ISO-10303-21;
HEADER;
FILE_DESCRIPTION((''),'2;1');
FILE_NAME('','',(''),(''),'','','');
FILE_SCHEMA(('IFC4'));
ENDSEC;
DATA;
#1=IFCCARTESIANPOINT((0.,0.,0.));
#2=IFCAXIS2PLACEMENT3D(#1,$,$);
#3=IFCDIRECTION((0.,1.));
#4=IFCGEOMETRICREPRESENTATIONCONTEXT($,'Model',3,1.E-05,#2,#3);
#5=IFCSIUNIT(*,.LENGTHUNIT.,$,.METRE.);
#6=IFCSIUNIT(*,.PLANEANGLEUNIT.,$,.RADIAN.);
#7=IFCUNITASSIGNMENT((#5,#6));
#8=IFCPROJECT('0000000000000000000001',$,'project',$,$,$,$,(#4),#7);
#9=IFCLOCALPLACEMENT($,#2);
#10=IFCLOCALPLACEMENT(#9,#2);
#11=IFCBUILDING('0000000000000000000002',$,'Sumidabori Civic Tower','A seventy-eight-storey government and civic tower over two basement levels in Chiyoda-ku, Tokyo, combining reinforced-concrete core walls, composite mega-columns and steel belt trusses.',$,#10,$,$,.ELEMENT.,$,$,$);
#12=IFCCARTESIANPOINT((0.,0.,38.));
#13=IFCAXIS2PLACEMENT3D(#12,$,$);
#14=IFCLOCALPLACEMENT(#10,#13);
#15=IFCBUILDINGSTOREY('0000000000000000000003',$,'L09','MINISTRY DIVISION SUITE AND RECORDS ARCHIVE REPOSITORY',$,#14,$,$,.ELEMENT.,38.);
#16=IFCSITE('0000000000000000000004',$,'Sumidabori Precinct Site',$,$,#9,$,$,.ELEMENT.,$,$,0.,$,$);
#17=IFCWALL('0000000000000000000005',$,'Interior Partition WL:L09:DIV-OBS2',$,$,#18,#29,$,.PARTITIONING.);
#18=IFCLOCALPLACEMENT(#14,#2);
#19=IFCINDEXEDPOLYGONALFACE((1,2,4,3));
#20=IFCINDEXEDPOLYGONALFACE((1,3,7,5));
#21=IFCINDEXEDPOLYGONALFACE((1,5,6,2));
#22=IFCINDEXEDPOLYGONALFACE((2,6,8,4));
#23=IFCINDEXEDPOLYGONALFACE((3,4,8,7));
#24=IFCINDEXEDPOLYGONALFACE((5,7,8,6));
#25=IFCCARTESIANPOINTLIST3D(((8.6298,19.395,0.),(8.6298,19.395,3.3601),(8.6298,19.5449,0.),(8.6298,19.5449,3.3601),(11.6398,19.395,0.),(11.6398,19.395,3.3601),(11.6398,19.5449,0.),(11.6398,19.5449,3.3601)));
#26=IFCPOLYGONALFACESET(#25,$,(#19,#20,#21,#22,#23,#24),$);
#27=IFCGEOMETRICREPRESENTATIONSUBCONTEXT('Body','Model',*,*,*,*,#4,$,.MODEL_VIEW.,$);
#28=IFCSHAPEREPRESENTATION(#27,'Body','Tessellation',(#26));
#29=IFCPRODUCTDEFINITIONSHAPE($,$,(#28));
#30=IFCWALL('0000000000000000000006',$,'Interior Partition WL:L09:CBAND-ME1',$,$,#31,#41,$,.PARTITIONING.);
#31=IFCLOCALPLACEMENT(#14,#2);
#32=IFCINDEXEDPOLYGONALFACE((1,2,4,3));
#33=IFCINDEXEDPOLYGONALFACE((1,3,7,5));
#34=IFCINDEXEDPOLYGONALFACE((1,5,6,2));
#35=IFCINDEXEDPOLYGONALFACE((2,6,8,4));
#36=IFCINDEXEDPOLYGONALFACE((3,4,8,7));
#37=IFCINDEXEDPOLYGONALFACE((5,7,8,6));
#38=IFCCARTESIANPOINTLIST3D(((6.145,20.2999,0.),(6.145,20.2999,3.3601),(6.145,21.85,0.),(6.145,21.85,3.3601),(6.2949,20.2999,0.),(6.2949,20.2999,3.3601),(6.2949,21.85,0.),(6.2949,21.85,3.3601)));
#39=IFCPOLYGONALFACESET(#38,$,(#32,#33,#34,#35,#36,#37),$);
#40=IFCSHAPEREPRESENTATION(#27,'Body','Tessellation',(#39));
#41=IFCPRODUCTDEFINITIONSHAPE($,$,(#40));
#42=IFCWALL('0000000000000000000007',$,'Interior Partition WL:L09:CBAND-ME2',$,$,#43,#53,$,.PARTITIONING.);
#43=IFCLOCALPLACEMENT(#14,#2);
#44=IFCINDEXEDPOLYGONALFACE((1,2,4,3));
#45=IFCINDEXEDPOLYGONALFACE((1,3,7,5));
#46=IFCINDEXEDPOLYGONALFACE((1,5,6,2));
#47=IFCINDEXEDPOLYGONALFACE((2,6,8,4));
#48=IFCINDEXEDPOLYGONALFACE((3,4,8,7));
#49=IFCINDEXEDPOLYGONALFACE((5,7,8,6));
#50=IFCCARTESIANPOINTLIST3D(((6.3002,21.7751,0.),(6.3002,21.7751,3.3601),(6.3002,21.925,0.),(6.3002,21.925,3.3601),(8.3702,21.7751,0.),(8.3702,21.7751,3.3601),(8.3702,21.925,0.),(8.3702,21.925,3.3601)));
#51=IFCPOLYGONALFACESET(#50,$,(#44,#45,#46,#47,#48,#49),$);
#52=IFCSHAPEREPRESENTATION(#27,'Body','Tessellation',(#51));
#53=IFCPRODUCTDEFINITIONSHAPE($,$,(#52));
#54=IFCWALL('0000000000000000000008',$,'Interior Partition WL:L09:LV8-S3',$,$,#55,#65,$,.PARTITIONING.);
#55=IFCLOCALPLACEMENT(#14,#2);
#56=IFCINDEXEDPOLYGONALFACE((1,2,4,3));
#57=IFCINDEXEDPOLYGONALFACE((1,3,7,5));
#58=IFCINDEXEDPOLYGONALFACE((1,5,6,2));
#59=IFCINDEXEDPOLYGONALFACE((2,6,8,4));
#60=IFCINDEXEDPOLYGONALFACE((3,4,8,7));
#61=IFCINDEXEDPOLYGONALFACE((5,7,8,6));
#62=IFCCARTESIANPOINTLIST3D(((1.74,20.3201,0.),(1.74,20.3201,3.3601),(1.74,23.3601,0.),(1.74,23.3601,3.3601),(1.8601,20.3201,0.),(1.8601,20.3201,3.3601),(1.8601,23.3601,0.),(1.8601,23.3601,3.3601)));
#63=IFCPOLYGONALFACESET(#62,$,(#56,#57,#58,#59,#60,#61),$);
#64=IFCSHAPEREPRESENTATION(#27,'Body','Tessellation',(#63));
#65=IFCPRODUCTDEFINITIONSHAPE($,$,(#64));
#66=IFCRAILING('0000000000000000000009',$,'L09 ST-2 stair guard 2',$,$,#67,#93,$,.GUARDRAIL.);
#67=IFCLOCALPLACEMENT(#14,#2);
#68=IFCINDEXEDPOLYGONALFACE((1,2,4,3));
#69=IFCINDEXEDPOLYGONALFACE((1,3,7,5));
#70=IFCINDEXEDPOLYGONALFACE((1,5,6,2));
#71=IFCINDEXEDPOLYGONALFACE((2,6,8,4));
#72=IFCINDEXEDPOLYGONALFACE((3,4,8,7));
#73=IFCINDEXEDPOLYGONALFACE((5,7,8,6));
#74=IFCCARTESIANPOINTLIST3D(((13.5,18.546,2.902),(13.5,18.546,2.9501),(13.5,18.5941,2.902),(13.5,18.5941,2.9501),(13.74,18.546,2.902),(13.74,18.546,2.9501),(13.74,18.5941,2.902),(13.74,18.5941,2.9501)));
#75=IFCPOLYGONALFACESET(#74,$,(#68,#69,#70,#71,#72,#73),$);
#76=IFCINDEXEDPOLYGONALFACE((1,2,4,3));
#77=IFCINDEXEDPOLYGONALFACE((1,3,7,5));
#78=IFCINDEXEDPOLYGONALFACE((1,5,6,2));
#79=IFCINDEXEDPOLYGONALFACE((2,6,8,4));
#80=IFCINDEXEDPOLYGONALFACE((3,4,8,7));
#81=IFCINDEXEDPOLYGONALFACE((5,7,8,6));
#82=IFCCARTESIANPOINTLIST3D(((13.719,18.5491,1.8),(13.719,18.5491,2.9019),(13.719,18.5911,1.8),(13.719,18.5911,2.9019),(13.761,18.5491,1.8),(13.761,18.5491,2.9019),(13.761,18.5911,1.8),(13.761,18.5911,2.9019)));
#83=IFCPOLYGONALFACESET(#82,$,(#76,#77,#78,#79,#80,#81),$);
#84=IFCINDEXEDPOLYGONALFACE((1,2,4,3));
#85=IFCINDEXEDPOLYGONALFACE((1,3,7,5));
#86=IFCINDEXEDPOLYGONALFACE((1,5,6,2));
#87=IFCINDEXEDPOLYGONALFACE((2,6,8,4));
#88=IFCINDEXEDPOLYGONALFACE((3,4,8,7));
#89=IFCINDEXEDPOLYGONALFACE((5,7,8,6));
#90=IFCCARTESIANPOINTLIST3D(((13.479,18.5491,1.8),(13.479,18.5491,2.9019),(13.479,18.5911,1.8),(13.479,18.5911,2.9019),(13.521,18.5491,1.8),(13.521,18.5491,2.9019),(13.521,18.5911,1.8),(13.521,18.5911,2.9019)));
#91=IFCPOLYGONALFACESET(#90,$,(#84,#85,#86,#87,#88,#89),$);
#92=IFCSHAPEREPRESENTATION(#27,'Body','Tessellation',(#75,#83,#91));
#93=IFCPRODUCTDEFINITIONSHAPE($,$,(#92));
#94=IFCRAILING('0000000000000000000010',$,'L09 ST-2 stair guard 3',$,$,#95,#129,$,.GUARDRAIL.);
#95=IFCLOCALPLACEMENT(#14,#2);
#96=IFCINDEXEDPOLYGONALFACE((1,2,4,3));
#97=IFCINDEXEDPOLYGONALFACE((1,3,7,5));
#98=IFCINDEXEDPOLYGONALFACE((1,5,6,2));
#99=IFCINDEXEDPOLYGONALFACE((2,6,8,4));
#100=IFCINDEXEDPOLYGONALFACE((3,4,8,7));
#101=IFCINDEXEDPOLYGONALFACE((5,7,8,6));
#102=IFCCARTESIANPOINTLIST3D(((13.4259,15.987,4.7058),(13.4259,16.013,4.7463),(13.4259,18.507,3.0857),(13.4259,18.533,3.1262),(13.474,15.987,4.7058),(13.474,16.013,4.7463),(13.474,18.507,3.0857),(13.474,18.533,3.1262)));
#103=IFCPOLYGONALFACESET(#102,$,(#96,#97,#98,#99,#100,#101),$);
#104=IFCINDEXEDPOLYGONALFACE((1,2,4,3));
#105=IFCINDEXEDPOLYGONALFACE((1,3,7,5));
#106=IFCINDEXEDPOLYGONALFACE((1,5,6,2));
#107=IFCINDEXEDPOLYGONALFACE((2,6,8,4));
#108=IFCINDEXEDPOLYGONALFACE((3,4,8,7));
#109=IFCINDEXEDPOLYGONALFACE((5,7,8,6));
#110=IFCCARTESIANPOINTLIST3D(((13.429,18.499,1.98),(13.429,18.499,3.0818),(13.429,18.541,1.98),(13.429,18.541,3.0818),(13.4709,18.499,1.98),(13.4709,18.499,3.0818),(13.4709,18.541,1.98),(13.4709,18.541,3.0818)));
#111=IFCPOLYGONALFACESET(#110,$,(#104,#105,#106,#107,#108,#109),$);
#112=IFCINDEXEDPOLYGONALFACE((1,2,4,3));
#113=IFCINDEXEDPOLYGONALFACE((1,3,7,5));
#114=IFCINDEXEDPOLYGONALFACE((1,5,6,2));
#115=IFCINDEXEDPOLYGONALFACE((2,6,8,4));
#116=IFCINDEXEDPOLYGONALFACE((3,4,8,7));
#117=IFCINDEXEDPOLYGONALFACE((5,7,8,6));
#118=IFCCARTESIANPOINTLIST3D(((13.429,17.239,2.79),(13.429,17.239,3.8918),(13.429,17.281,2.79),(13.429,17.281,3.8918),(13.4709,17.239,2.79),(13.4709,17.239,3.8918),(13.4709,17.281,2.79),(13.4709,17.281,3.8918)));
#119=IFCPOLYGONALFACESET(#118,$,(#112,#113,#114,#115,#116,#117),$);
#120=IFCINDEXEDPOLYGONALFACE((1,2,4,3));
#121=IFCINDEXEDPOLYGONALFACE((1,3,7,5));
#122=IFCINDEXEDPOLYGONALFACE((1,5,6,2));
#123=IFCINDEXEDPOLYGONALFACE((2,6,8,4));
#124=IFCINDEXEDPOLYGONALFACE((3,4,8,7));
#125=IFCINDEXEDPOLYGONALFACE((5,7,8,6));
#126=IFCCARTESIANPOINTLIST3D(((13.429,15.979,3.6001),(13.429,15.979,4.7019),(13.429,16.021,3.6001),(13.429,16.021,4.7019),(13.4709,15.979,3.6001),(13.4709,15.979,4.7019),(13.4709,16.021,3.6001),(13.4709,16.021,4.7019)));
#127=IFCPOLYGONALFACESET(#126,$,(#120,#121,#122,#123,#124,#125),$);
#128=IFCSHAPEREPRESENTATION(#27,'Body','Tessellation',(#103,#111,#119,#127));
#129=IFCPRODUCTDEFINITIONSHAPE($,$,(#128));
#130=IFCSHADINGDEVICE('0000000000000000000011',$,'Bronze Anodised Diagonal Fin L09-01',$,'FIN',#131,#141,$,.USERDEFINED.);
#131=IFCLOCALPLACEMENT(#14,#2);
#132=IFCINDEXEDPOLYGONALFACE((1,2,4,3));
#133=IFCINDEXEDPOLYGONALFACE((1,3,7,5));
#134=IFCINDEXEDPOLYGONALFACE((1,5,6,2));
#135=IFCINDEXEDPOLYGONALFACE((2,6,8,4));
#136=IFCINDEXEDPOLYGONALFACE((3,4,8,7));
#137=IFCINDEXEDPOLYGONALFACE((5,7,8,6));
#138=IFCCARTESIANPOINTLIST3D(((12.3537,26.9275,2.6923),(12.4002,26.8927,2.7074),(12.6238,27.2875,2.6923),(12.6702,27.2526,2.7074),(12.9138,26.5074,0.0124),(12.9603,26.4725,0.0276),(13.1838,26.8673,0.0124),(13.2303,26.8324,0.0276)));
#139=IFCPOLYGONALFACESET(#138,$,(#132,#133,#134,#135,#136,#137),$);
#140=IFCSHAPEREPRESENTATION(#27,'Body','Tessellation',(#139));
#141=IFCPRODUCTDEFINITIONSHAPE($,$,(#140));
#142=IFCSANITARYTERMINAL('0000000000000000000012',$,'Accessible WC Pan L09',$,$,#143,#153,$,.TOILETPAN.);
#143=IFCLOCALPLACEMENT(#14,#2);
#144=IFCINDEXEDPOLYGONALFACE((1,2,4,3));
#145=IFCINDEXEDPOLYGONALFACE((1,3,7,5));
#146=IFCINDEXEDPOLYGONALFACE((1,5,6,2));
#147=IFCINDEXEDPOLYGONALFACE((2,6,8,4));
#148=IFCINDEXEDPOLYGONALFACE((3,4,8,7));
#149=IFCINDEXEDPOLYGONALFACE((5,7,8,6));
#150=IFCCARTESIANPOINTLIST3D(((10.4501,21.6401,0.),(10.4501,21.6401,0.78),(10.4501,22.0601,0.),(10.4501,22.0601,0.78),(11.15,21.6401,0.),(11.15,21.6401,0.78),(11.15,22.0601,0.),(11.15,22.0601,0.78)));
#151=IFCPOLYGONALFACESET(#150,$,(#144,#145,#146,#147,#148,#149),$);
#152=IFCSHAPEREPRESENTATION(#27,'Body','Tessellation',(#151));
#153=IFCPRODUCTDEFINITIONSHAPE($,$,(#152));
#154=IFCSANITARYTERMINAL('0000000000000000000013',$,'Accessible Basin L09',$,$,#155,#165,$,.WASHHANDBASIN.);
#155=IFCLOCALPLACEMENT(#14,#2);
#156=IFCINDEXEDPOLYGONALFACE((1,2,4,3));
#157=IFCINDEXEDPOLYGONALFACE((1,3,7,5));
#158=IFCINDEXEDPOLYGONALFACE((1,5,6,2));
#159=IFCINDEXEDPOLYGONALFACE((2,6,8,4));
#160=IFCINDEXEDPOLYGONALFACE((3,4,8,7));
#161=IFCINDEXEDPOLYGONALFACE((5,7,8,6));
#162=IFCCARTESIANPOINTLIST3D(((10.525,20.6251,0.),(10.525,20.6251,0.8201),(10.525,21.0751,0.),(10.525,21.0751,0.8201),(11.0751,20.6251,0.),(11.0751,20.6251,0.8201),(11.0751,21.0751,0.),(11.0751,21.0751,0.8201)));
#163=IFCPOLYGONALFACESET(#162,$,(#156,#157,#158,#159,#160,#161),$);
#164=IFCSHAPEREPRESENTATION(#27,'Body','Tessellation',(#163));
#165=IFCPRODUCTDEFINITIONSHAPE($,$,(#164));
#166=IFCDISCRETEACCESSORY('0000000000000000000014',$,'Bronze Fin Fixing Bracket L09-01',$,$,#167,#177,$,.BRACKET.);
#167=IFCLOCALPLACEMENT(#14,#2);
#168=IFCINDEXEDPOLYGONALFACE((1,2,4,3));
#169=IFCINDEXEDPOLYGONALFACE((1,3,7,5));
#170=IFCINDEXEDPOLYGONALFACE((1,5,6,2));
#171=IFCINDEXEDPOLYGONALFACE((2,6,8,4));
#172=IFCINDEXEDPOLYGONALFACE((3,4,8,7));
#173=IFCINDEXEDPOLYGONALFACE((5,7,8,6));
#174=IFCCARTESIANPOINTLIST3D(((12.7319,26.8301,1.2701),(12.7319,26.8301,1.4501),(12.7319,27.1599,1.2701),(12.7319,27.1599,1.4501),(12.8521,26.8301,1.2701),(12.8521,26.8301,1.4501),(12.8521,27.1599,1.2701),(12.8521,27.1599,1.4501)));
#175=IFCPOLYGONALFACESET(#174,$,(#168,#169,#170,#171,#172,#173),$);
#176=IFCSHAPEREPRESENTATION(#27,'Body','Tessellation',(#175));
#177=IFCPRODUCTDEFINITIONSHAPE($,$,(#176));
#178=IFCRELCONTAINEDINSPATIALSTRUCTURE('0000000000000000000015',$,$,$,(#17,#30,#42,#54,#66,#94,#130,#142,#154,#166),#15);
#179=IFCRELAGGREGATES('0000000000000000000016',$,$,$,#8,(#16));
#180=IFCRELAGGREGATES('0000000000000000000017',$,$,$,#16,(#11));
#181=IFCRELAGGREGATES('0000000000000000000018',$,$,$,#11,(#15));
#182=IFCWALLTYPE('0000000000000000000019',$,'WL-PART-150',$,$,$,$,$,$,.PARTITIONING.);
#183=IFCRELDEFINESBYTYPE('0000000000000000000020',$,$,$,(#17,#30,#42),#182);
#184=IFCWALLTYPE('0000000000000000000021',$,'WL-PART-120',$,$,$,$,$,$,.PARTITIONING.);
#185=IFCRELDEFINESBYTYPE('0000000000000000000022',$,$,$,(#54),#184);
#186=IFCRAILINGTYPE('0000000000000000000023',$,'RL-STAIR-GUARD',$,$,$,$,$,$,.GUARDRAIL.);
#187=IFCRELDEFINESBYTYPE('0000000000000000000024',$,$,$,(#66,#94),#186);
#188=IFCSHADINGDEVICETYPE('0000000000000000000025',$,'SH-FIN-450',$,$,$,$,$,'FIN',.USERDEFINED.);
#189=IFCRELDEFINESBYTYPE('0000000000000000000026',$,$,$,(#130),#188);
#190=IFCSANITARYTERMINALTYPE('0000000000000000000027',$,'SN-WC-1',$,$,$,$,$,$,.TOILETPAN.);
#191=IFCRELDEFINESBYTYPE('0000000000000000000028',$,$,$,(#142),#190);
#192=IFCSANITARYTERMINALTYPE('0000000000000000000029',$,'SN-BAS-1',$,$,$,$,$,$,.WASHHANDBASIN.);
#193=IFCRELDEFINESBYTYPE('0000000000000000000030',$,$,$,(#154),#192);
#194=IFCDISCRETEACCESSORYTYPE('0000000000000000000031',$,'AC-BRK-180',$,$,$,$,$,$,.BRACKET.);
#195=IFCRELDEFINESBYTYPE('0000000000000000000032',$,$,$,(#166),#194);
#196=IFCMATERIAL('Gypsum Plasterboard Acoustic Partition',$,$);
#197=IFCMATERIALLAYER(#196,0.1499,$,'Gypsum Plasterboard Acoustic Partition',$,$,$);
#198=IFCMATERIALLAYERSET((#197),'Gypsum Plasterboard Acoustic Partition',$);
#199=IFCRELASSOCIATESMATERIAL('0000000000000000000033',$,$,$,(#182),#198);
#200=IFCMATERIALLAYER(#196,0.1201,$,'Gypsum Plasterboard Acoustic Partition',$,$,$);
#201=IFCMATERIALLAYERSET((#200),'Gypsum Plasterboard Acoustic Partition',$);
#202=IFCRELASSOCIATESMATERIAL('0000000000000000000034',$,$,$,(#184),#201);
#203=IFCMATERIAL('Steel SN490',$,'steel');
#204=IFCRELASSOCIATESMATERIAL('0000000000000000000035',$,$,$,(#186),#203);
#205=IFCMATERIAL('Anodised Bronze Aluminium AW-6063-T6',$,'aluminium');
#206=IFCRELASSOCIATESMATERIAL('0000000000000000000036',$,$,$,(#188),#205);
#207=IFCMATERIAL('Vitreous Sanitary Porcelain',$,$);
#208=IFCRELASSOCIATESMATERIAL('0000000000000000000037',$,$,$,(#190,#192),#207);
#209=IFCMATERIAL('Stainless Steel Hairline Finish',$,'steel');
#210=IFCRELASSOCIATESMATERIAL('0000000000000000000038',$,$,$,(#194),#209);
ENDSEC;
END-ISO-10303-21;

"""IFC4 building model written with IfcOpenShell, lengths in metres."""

from ifc_helpers import new_model, si_unit, direction, frame, frame_2d, origin, origin_2d, place, context, subcontext, project, spatial, rectangle, extrude, source, transform, mapped, material, layer, layer_set, material_profile, profile_set, type_object, element, save


model = new_model("IFC4")

# Units and contexts
model_context = context("Model", 3, precision=1e-05, world=origin(), true_north=direction((0.0, 1.0)))
body_context = subcontext(model_context, "Body", "Model", "MODEL_VIEW")
ifc_project = project(units=[si_unit("LENGTHUNIT", "METRE"), si_unit("PLANEANGLEUNIT", "RADIAN")], contexts=[model_context])

# Site, building, storey
site_placement = place(None, origin())
site = spatial("IfcSite", under=ifc_project, at=site_placement, Name="Sumidabori Precinct Site", CompositionType="ELEMENT", RefElevation=0.0)
building_placement = place(site_placement, origin())
building = spatial("IfcBuilding", under=site, at=building_placement, Name="Sumidabori Civic Tower", Description="A seventy-eight-storey government and civic tower over two basement levels in Chiyoda-ku, Tokyo, combining reinforced-concrete core walls, composite mega-columns and steel belt trusses.", CompositionType="ELEMENT")
storey_placement = place(building_placement, frame((0.0, 0.0, 38.0)))
storey = spatial("IfcBuildingStorey", under=building, at=storey_placement, Name="L09", Description="MINISTRY DIVISION SUITE AND RECORDS ARCHIVE REPOSITORY", CompositionType="ELEMENT", Elevation=38.0)

# Shared definitions
ifc_material_1 = material(Name="Steel SN490", Category="steel")

# Shared definitions
ifc_material_2 = material(Name="Anodised Bronze Aluminium AW-6063-T6", Category="aluminium")

# Walls
ifc_material_3 = material(Name="Gypsum Plasterboard Acoustic Partition")
ifc_layer_1 = layer(ifc_material_3, 0.1499, Name="Gypsum Plasterboard Acoustic Partition")
ifc_layer_set_1 = layer_set([ifc_layer_1], Name="Gypsum Plasterboard Acoustic Partition")
wall_type_1 = type_object("IfcWallType", Name="WL-PART-150", PredefinedType="PARTITIONING", material=ifc_layer_set_1)
shared_shape_1 = source(origin(), body_context, "Body", "SweptSolid", [
    extrude(rectangle(XDim=3.01, YDim=0.1499, at=frame_2d((1.5049, 0.0))), origin(), (0.0, 0.0, 1.0), 3.3601),
])
wall_1_placement = place(storey_placement, frame((8.6299, 19.47, 0.0), z_axis=(0.0, 0.0, 1.0), x_axis=(1.0, 0.0, 0.0)))
element("IfcWall", 1, at=wall_1_placement, inside=storey, type_object=wall_type_1, Name="Interior Partition WL:L09:DIV-OBS2", PredefinedType="PARTITIONING", context=body_context, shape_type="MappedRepresentation", body=[
    mapped(shared_shape_1, transform((0.0, 0.0, 0.0), x_axis=(1.0, 0.0, 0.0), y_axis=(0.0, 1.0, 0.0), z_axis=(0.0, 0.0, 1.0), scale=1.0)),
])
shared_shape_2 = source(origin(), body_context, "Body", "SweptSolid", [
    extrude(rectangle(XDim=1.55, YDim=0.1499, at=frame_2d((0.7749, 0.0))), origin(), (0.0, 0.0, 1.0), 3.3601),
])
wall_2_placement = place(storey_placement, frame((6.22, 20.3, 0.0), z_axis=(0.0, 0.0, 1.0), x_axis=(0.0, 1.0, 0.0)))
element("IfcWall", 2, at=wall_2_placement, inside=storey, type_object=wall_type_1, Name="Interior Partition WL:L09:CBAND-ME1", PredefinedType="PARTITIONING", context=body_context, shape_type="MappedRepresentation", body=[
    mapped(shared_shape_2, transform((0.0, 0.0, 0.0), x_axis=(1.0, 0.0, 0.0), y_axis=(0.0, 1.0, 0.0), z_axis=(0.0, 0.0, 1.0), scale=1.0)),
])
shared_shape_3 = source(origin(), body_context, "Body", "SweptSolid", [
    extrude(rectangle(XDim=2.0701, YDim=0.1499, at=frame_2d((1.0352, 0.0))), origin(), (0.0, 0.0, 1.0), 3.3601),
])
wall_3_placement = place(storey_placement, frame((6.3, 21.8501, 0.0), z_axis=(0.0, 0.0, 1.0), x_axis=(1.0, 0.0, 0.0)))
element("IfcWall", 3, at=wall_3_placement, inside=storey, type_object=wall_type_1, Name="Interior Partition WL:L09:CBAND-ME2", PredefinedType="PARTITIONING", context=body_context, shape_type="MappedRepresentation", body=[
    mapped(shared_shape_3, transform((0.0, 0.0, 0.0), x_axis=(1.0, 0.0, 0.0), y_axis=(0.0, 1.0, 0.0), z_axis=(0.0, 0.0, 1.0), scale=1.0)),
])
ifc_layer_2 = layer(ifc_material_3, 0.1201, Name="Gypsum Plasterboard Acoustic Partition")
ifc_layer_set_2 = layer_set([ifc_layer_2], Name="Gypsum Plasterboard Acoustic Partition")
wall_type_2 = type_object("IfcWallType", Name="WL-PART-120", PredefinedType="PARTITIONING", material=ifc_layer_set_2)
shared_shape_4 = source(origin(), body_context, "Body", "SweptSolid", [
    extrude(rectangle(XDim=3.04, YDim=0.1201, at=frame_2d((1.52, 0.0))), origin(), (0.0, 0.0, 1.0), 3.3601),
])
wall_4_placement = place(storey_placement, frame((1.8, 20.3201, 0.0), z_axis=(0.0, 0.0, 1.0), x_axis=(0.0, 1.0, 0.0)))
element("IfcWall", 4, at=wall_4_placement, inside=storey, type_object=wall_type_2, Name="Interior Partition WL:L09:LV8-S3", PredefinedType="PARTITIONING", context=body_context, shape_type="MappedRepresentation", body=[
    mapped(shared_shape_4, transform((0.0, 0.0, 0.0), x_axis=(1.0, 0.0, 0.0), y_axis=(0.0, 1.0, 0.0), z_axis=(0.0, 0.0, 1.0), scale=1.0)),
])

# Railings
railing_type = type_object("IfcRailingType", Name="RL-STAIR-GUARD", PredefinedType="GUARDRAIL", material=ifc_material_1)
railing_1_placement = place(storey_placement, frame((13.74, 18.5701, 1.8)))
element("IfcRailing", 5, at=railing_1_placement, inside=storey, type_object=railing_type, Name="L09 ST-2 stair guard 2", PredefinedType="GUARDRAIL", context=body_context, shape_type="SweptSolid", body=[
    extrude(rectangle(XDim=0.0481, YDim=0.0481, at=origin_2d()), frame((0.0, 0.0, 1.126), z_axis=(-1.0, 0.0, 0.0), x_axis=(0.0, -1.0, 0.0)), (0.0, 0.0, 1.0), 0.24),
    extrude(rectangle(XDim=0.042, YDim=0.042, at=origin_2d()), origin(), (0.0, 0.0, 1.0), 1.1018),
    extrude(rectangle(XDim=0.042, YDim=0.042, at=origin_2d()), frame((-0.24, 0.0, 0.0)), (0.0, 0.0, 1.0), 1.1018),
])
railing_2_placement = place(storey_placement, frame((13.45, 18.52, 1.98)))
element("IfcRailing", 6, at=railing_2_placement, inside=storey, type_object=railing_type, Name="L09 ST-2 stair guard 3", PredefinedType="GUARDRAIL", context=body_context, shape_type="SweptSolid", body=[
    extrude(rectangle(XDim=0.0481, YDim=0.0481, at=origin_2d()), frame((0.0, 0.0, 1.126), z_axis=(0.0, -0.841163, 0.540782), x_axis=(1.0, 0.0, 0.0)), (0.0, 0.0, 1.0), 2.9958),
    extrude(rectangle(XDim=0.042, YDim=0.042, at=origin_2d()), origin(), (0.0, 0.0, 1.0), 1.1018),
    extrude(rectangle(XDim=0.042, YDim=0.042, at=origin_2d()), frame((0.0, -1.26, 0.8101)), (0.0, 0.0, 1.0), 1.1018),
    extrude(rectangle(XDim=0.042, YDim=0.042, at=origin_2d()), frame((0.0, -2.52, 1.6201)), (0.0, 0.0, 1.0), 1.1018),
])

# Shading device
ifc_material_profile_1 = material_profile(ifc_material_2, rectangle(XDim=0.0601, YDim=0.45, at=origin_2d()), Name="BRONZE FIN 450x60")
ifc_profile_set_1 = profile_set([ifc_material_profile_1], Name="Anodised Bronze Aluminium AW-6063-T6")
shading_device_type = type_object("IfcShadingDeviceType", Name="SH-FIN-450", ElementType="FIN", PredefinedType="USERDEFINED", material=ifc_profile_set_1)
shared_shape_5 = source(origin(), body_context, "Body", "SweptSolid", [
    extrude(rectangle(XDim=0.0601, YDim=0.45, at=origin_2d()), origin(), (0.0, 0.0, 1.0), 2.7698),
])
shading_device_placement = place(storey_placement, frame((13.072, 26.6699, 0.02), z_axis=(-0.202196, 0.151691, 0.967526), x_axis=(0.77394, -0.580624, 0.252771)))
element("IfcShadingDevice", 7, at=shading_device_placement, inside=storey, type_object=shading_device_type, Name="Bronze Anodised Diagonal Fin L09-01", ObjectType="FIN", PredefinedType="USERDEFINED", context=body_context, shape_type="MappedRepresentation", body=[
    mapped(shared_shape_5, transform((0.0, 0.0, 0.0), x_axis=(1.0, 0.0, 0.0), y_axis=(0.0, 1.0, 0.0), z_axis=(0.0, 0.0, 1.0), scale=1.0)),
])

# Sanitary terminals
ifc_material_4 = material(Name="Vitreous Sanitary Porcelain")
sanitary_terminal_type_1 = type_object("IfcSanitaryTerminalType", Name="SN-WC-1", PredefinedType="TOILETPAN", material=ifc_material_4)
shared_shape_6 = source(origin(), body_context, "Body", "SweptSolid", [
    extrude(rectangle(XDim=0.7, YDim=0.4199, at=origin_2d()), origin(), (0.0, 0.0, 1.0), 0.78),
])
sanitary_terminal_1_placement = place(storey_placement, frame((10.8, 21.8501, 0.0), z_axis=(0.0, 0.0, 1.0), x_axis=(1.0, 0.0, 0.0)))
element("IfcSanitaryTerminal", 8, at=sanitary_terminal_1_placement, inside=storey, type_object=sanitary_terminal_type_1, Name="Accessible WC Pan L09", PredefinedType="TOILETPAN", context=body_context, shape_type="MappedRepresentation", body=[
    mapped(shared_shape_6, transform((0.0, 0.0, 0.0), x_axis=(1.0, 0.0, 0.0), y_axis=(0.0, 1.0, 0.0), z_axis=(0.0, 0.0, 1.0), scale=1.0)),
])
sanitary_terminal_type_2 = type_object("IfcSanitaryTerminalType", Name="SN-BAS-1", PredefinedType="WASHHANDBASIN", material=ifc_material_4)
shared_shape_7 = source(origin(), body_context, "Body", "SweptSolid", [
    extrude(rectangle(XDim=0.55, YDim=0.45, at=origin_2d()), origin(), (0.0, 0.0, 1.0), 0.8201),
])
sanitary_terminal_2_placement = place(storey_placement, frame((10.8, 20.8501, 0.0), z_axis=(0.0, 0.0, 1.0), x_axis=(1.0, 0.0, 0.0)))
element("IfcSanitaryTerminal", 9, at=sanitary_terminal_2_placement, inside=storey, type_object=sanitary_terminal_type_2, Name="Accessible Basin L09", PredefinedType="WASHHANDBASIN", context=body_context, shape_type="MappedRepresentation", body=[
    mapped(shared_shape_7, transform((0.0, 0.0, 0.0), x_axis=(1.0, 0.0, 0.0), y_axis=(0.0, 1.0, 0.0), z_axis=(0.0, 0.0, 1.0), scale=1.0)),
])

# Discrete accessory
ifc_material_5 = material(Name="Stainless Steel Hairline Finish", Category="steel")
ifc_material_profile_2 = material_profile(ifc_material_5, rectangle(XDim=0.1201, YDim=0.1799, at=origin_2d()), Name="STEEL BRACKET 180x120")
ifc_profile_set_2 = profile_set([ifc_material_profile_2], Name="Stainless Steel Hairline Finish")
discrete_accessory_type = type_object("IfcDiscreteAccessoryType", Name="AC-BRK-180", PredefinedType="BRACKET", material=ifc_profile_set_2)
shared_shape_8 = source(origin(), body_context, "Body", "SweptSolid", [
    extrude(rectangle(XDim=0.1201, YDim=0.1799, at=origin_2d()), origin(), (0.0, 0.0, 1.0), 0.3298),
])
discrete_accessory_placement = place(storey_placement, frame((12.792, 26.8301, 1.3601), z_axis=(0.0, 1.0, 0.0), x_axis=(-1.0, 0.0, 0.0)))
element("IfcDiscreteAccessory", 10, at=discrete_accessory_placement, inside=storey, type_object=discrete_accessory_type, Name="Bronze Fin Fixing Bracket L09-01", PredefinedType="BRACKET", context=body_context, shape_type="MappedRepresentation", body=[
    mapped(shared_shape_8, transform((0.0, 0.0, 0.0), x_axis=(1.0, 0.0, 0.0), y_axis=(0.0, 1.0, 0.0), z_axis=(0.0, 0.0, 1.0), scale=1.0)),
])

save(model, "model.ifc")
